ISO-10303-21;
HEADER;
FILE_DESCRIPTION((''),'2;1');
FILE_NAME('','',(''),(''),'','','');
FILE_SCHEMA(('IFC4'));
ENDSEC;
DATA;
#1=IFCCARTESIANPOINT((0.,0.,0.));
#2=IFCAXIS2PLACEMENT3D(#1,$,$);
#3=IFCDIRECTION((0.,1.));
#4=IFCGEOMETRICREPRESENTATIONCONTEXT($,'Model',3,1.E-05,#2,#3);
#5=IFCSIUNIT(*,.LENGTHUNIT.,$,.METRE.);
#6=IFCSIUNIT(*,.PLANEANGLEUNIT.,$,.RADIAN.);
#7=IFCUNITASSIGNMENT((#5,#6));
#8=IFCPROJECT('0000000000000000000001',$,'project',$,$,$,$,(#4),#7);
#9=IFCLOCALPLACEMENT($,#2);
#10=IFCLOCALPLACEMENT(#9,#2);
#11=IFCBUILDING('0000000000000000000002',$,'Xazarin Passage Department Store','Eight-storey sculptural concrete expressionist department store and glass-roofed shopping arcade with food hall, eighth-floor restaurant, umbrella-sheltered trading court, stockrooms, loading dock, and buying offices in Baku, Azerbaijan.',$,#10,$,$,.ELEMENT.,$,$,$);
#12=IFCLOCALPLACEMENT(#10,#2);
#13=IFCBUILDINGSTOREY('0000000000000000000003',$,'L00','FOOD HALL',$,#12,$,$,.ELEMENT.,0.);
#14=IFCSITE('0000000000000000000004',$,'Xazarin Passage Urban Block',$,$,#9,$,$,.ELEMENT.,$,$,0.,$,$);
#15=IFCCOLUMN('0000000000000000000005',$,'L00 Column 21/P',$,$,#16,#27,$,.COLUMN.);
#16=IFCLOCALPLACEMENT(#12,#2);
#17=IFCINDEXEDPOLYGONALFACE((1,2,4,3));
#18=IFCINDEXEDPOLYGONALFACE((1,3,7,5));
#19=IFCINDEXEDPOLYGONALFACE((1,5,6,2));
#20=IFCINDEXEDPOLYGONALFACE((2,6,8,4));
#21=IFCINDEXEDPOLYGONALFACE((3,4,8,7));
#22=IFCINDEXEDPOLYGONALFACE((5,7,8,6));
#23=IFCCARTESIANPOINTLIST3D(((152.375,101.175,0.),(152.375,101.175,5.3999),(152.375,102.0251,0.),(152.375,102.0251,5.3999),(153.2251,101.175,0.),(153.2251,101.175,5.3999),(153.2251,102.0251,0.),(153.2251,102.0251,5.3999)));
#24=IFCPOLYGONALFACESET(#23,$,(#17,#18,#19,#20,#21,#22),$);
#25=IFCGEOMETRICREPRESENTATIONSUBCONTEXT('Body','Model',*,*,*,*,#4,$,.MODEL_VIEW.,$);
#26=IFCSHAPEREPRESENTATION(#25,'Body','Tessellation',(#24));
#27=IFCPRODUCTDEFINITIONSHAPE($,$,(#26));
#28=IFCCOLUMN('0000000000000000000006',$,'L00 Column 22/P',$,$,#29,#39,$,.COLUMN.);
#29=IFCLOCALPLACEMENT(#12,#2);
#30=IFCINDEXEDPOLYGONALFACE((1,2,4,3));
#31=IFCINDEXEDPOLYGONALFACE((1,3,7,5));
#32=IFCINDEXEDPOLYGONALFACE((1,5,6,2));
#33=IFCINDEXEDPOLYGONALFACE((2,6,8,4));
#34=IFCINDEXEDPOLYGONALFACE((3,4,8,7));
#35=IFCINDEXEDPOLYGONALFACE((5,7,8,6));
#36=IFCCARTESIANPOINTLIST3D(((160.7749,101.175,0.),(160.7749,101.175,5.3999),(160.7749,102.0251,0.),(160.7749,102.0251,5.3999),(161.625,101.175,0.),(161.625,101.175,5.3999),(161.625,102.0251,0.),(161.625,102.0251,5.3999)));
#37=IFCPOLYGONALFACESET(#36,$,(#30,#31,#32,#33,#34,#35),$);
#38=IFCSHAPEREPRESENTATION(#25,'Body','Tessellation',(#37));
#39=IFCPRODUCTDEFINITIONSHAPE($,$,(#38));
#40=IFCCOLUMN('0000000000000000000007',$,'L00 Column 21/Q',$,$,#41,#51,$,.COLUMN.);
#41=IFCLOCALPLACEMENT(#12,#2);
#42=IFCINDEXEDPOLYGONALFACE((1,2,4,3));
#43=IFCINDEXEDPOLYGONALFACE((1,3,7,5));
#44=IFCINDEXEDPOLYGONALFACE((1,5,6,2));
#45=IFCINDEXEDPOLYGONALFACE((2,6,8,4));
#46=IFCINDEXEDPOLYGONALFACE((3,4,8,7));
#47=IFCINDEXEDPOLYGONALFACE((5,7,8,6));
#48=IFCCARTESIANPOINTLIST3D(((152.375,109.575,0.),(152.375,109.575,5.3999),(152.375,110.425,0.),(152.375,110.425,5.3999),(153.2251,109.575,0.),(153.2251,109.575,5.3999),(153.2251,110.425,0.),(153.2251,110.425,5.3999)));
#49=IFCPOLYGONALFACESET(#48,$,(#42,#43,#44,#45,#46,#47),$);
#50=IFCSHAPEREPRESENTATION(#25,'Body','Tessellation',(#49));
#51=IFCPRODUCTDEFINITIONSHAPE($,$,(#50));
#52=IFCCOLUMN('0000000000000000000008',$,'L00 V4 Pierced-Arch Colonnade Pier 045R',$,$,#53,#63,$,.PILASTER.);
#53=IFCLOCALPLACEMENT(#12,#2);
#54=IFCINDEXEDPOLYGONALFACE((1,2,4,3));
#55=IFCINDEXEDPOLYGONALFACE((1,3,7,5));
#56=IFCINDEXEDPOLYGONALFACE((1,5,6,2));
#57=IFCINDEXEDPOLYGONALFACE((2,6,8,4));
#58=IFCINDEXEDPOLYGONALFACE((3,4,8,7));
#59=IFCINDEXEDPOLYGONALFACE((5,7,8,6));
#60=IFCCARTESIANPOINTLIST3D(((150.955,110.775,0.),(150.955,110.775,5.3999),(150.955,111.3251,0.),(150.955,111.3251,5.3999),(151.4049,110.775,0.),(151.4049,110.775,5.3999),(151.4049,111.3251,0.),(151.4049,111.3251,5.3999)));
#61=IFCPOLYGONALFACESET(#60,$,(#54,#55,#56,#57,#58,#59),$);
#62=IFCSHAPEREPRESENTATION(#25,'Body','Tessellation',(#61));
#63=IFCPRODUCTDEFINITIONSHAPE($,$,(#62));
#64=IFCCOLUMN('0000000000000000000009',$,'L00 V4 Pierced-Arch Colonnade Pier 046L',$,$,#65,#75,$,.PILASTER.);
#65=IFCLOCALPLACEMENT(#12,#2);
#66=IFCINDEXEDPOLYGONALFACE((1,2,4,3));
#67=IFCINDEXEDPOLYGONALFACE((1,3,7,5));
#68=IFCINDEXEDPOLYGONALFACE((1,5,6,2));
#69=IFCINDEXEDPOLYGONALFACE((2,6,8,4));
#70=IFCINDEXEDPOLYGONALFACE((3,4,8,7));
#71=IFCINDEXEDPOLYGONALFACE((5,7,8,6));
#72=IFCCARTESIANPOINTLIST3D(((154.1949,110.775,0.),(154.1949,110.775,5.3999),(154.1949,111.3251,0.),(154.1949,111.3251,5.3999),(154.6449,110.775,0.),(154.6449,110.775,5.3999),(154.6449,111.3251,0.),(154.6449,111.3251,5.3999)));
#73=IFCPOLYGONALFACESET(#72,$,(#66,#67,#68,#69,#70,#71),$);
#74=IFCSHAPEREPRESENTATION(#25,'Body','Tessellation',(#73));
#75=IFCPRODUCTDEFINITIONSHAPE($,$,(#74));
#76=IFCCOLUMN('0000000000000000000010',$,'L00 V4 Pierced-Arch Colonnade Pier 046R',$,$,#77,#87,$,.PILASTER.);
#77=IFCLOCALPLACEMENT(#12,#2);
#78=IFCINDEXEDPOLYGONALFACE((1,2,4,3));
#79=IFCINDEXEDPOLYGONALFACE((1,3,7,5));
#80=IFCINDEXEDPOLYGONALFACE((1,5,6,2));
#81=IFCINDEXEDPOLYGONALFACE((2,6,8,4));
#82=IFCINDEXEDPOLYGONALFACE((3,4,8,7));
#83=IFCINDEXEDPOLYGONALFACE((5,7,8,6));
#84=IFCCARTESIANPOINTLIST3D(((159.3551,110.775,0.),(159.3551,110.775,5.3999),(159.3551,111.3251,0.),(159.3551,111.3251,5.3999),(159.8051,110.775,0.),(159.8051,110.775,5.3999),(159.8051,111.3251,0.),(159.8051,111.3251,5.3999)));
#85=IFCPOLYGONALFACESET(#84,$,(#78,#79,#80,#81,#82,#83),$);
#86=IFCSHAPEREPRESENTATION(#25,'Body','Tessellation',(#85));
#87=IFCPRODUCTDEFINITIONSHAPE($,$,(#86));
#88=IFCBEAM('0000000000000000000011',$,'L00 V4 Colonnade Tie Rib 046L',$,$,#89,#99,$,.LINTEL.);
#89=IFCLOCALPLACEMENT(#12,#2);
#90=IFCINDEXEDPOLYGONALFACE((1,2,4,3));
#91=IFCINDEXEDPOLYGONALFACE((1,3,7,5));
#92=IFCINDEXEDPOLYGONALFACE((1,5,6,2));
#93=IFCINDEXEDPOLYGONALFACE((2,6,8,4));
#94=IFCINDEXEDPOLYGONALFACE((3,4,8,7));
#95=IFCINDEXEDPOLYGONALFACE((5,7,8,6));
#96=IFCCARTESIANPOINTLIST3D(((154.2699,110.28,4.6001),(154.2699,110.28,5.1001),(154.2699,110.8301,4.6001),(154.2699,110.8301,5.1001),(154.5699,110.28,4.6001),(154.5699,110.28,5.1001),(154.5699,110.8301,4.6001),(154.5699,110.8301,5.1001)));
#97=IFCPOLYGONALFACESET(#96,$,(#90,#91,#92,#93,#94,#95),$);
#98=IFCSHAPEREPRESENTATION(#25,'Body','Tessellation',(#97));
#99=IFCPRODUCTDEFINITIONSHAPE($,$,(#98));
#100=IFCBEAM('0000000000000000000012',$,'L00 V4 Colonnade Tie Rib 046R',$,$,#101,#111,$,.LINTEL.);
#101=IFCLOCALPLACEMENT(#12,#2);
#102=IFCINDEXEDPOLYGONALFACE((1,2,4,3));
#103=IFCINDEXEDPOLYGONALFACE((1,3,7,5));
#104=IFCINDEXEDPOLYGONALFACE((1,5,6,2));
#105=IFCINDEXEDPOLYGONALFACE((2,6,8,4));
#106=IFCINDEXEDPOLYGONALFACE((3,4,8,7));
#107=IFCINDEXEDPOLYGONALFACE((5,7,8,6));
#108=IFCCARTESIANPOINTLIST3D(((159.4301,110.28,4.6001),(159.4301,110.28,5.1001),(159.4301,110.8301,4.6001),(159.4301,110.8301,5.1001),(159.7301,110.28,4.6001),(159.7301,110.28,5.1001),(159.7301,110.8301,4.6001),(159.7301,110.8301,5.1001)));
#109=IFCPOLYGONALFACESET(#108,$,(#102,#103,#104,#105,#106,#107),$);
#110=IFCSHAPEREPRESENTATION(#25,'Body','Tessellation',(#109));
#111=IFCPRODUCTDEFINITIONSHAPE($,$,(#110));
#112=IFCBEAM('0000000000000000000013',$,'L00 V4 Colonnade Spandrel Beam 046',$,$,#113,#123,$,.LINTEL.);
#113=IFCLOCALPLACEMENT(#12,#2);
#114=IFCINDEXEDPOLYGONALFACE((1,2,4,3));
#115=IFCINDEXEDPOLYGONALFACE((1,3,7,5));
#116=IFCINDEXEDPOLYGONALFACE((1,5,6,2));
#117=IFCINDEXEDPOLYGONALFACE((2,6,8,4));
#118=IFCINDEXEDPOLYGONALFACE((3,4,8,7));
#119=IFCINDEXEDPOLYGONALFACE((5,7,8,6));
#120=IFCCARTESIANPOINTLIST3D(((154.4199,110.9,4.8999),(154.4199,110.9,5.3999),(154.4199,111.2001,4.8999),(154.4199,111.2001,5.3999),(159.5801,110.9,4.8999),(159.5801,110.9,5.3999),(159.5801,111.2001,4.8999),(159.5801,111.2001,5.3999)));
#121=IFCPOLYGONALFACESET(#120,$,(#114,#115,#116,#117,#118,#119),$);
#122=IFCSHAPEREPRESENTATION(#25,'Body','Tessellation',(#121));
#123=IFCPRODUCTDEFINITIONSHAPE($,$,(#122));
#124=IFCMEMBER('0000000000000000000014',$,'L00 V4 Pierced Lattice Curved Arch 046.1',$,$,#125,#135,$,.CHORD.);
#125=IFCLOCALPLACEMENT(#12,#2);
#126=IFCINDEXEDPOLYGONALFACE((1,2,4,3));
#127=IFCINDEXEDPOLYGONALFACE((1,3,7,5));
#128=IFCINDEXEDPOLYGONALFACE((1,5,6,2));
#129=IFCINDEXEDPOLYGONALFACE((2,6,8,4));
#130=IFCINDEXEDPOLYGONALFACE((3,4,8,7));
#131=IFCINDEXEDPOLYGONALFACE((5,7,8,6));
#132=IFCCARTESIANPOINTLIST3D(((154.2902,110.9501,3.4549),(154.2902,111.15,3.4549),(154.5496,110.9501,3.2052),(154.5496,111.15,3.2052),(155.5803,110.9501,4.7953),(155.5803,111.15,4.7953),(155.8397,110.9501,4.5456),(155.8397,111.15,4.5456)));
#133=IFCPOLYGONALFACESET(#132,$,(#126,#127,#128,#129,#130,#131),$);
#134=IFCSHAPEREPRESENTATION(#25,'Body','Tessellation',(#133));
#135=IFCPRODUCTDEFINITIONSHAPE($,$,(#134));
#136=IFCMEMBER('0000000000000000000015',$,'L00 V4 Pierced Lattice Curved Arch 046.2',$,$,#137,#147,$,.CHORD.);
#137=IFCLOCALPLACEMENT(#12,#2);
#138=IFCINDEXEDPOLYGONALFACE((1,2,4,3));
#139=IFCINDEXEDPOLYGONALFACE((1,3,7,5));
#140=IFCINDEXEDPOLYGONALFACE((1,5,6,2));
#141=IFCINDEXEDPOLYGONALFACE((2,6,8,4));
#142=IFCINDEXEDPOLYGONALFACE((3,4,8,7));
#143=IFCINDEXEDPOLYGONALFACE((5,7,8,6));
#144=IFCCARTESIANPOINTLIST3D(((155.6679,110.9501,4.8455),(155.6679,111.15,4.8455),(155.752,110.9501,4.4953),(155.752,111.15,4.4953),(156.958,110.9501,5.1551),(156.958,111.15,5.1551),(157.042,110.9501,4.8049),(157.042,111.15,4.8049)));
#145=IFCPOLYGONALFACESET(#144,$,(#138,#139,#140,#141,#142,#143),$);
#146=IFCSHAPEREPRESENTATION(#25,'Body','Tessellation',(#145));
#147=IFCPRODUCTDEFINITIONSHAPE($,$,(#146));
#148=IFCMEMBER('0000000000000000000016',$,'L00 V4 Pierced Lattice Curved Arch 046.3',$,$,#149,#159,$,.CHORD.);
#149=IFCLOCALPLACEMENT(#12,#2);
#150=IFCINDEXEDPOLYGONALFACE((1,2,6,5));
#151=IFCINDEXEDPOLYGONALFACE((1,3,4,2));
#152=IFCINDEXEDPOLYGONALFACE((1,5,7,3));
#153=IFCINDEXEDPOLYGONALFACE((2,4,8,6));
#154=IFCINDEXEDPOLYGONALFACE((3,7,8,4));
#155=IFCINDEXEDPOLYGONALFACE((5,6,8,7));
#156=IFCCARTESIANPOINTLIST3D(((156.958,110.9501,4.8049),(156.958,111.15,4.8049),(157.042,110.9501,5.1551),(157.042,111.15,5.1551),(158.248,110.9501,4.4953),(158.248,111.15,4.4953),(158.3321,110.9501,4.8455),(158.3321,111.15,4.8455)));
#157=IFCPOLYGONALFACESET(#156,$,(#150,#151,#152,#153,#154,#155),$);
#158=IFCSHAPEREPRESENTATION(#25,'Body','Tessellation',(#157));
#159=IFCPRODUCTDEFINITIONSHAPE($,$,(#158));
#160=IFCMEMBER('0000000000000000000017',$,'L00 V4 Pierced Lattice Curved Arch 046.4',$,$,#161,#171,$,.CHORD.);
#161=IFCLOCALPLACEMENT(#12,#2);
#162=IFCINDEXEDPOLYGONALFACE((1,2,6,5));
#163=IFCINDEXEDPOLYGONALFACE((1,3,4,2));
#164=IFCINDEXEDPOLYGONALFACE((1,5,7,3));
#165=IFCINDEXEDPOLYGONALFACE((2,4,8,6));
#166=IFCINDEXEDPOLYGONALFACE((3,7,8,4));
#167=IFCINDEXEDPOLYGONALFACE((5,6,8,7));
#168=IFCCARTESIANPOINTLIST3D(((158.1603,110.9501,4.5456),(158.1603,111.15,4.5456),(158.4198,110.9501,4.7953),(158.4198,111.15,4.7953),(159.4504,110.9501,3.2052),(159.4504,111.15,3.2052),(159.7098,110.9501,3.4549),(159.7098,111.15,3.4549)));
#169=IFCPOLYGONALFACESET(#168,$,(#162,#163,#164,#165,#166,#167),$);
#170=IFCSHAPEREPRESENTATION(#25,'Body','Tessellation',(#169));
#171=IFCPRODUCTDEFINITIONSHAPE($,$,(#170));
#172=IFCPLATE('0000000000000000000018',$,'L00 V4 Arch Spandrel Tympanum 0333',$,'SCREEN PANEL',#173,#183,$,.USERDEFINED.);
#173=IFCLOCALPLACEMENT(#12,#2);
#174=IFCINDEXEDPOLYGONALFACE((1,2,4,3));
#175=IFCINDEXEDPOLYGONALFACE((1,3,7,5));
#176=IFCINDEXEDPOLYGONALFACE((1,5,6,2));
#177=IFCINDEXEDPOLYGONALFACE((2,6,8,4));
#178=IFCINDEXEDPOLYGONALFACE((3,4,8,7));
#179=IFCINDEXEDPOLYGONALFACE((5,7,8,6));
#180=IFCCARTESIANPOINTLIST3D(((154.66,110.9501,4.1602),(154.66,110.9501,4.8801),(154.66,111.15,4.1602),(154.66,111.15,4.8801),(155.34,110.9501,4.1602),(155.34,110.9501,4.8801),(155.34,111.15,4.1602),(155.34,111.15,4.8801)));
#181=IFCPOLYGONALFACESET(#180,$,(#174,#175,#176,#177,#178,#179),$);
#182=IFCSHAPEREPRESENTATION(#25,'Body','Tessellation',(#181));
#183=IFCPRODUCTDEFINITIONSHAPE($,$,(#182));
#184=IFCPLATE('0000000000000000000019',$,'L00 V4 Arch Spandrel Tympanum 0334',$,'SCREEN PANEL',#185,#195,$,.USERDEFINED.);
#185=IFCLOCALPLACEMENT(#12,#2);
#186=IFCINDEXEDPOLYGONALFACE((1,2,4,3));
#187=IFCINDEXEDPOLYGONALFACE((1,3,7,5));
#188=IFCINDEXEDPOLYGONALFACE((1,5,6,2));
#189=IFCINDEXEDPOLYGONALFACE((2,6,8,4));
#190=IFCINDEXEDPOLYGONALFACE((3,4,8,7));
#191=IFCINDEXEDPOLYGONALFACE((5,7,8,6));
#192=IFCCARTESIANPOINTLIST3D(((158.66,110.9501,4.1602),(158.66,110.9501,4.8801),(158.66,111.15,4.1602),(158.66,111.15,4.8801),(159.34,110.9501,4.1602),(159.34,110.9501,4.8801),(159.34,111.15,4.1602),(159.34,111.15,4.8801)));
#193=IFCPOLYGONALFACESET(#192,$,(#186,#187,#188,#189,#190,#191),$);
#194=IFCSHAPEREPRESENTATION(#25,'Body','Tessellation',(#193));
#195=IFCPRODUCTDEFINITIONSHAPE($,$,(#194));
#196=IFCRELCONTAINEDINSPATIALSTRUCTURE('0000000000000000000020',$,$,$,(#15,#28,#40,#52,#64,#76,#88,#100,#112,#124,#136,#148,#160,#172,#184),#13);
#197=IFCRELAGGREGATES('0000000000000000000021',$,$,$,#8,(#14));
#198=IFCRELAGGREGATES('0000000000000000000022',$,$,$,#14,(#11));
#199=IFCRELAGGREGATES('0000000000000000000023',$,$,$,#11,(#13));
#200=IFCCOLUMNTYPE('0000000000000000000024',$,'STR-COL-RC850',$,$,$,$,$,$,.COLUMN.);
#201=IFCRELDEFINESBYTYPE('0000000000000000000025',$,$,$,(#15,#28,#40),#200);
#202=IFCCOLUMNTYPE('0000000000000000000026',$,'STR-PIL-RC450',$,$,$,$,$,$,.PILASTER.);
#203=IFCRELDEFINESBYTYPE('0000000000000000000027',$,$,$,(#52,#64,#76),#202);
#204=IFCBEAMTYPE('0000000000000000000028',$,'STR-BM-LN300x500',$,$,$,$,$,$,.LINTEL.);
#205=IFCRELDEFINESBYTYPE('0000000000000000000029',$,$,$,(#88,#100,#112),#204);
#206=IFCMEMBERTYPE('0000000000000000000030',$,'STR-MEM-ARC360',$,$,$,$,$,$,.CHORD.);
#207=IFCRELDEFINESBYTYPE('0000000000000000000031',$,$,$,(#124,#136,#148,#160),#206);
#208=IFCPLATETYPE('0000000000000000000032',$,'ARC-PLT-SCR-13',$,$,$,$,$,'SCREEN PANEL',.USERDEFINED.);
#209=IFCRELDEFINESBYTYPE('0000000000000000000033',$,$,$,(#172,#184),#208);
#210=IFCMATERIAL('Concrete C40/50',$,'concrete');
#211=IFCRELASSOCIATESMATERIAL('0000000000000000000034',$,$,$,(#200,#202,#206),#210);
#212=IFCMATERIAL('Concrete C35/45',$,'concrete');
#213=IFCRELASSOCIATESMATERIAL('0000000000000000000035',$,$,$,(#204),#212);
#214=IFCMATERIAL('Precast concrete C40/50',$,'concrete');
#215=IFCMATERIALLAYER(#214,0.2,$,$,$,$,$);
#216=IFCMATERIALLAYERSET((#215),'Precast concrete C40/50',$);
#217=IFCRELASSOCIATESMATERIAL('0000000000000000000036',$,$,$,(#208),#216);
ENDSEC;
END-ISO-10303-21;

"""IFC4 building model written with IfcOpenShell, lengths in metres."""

from ifc_helpers import new_model, si_unit, direction, frame, origin, origin_2d, place, context, subcontext, project, spatial, rectangle, extrude, material, layer, layer_set, material_profile, profile_set, type_object, element, save


model = new_model("IFC4")

# Units and contexts
model_context = context("Model", 3, precision=1e-05, world=origin(), true_north=direction((0.0, 1.0)))
body_context = subcontext(model_context, "Body", "Model", "MODEL_VIEW")
ifc_project = project(units=[si_unit("LENGTHUNIT", "METRE"), si_unit("PLANEANGLEUNIT", "RADIAN")], contexts=[model_context])

# Site, building, storey
site_placement = place(None, origin())
site = spatial("IfcSite", under=ifc_project, at=site_placement, Name="Xazarin Passage Urban Block", CompositionType="ELEMENT", RefElevation=0.0)
building_placement = place(site_placement, origin())
building = spatial("IfcBuilding", under=site, at=building_placement, Name="Xazarin Passage Department Store", Description="Eight-storey sculptural concrete expressionist department store and glass-roofed shopping arcade with food hall, eighth-floor restaurant, umbrella-sheltered trading court, stockrooms, loading dock, and buying offices in Baku, Azerbaijan.", CompositionType="ELEMENT")
storey_placement = place(building_placement, origin())
storey = spatial("IfcBuildingStorey", under=building, at=storey_placement, Name="L00", Description="FOOD HALL", CompositionType="ELEMENT", Elevation=0.0)

# Shared definitions
ifc_material_1 = material(Name="Concrete C35/45", Category="concrete")

# Columns
ifc_material_2 = material(Name="Concrete C40/50", Category="concrete")
ifc_material_profile_1 = material_profile(ifc_material_2, rectangle(XDim=0.8501, YDim=0.8501, at=origin_2d()), Name="RC 850x850")
ifc_profile_set_1 = profile_set([ifc_material_profile_1], Name="Concrete C40/50")
column_type_1 = type_object("IfcColumnType", Name="STR-COL-RC850", PredefinedType="COLUMN", material=ifc_profile_set_1)
for number, where, z_axis, x_axis, name in (
    (1, (152.8, 101.6001, 0.0), (0.0, 0.0, 1.0), (1.0, 0.0, 0.0), "L00 Column 21/P"),
    (2, (161.2, 101.6001, 0.0), (0.0, 0.0, 1.0), (1.0, 0.0, 0.0), "L00 Column 22/P"),
    (3, (152.8, 110.0, 0.0), (0.0, 0.0, 1.0), (1.0, 0.0, 0.0), "L00 Column 21/Q"),
):
    element("IfcColumn", number, at=place(storey_placement, frame(where, z_axis=z_axis, x_axis=x_axis)), inside=storey, type_object=column_type_1, Name=name, PredefinedType="COLUMN", context=body_context, shape_type="SweptSolid", body=[
        extrude(rectangle(XDim=0.8501, YDim=0.8501, at=origin_2d()), origin(), (0.0, 0.0, 1.0), 5.3999),
    ])
ifc_material_profile_2 = material_profile(ifc_material_2, rectangle(XDim=0.45, YDim=0.55, at=origin_2d()), Name="RC 450x550")
ifc_profile_set_2 = profile_set([ifc_material_profile_2], Name="Concrete C40/50")
column_type_2 = type_object("IfcColumnType", Name="STR-PIL-RC450", PredefinedType="PILASTER", material=ifc_profile_set_2)
for number, where, z_axis, x_axis, name in (
    (4, (151.1799, 111.05, 0.0), (0.0, 0.0, 1.0), (1.0, 0.0, 0.0), "L00 V4 Pierced-Arch Colonnade Pier 045R"),
    (5, (154.4199, 111.05, 0.0), (0.0, 0.0, 1.0), (1.0, 0.0, 0.0), "L00 V4 Pierced-Arch Colonnade Pier 046L"),
    (6, (159.5801, 111.05, 0.0), (0.0, 0.0, 1.0), (1.0, 0.0, 0.0), "L00 V4 Pierced-Arch Colonnade Pier 046R"),
):
    element("IfcColumn", number, at=place(storey_placement, frame(where, z_axis=z_axis, x_axis=x_axis)), inside=storey, type_object=column_type_2, Name=name, PredefinedType="PILASTER", context=body_context, shape_type="SweptSolid", body=[
        extrude(rectangle(XDim=0.45, YDim=0.55, at=origin_2d()), origin(), (0.0, 0.0, 1.0), 5.3999),
    ])

# Beams
ifc_material_profile_3 = material_profile(ifc_material_1, rectangle(XDim=0.3, YDim=0.5, at=origin_2d()), Name="RC 300x500")
ifc_profile_set_3 = profile_set([ifc_material_profile_3], Name="Concrete C35/45")
beam_type = type_object("IfcBeamType", Name="STR-BM-LN300x500", PredefinedType="LINTEL", material=ifc_profile_set_3)
for number, where, z_axis, x_axis, name in (
    (7, (154.4199, 110.28, 4.8501), (0.0, 1.0, 0.0), (-1.0, 0.0, 0.0), "L00 V4 Colonnade Tie Rib 046L"),
    (8, (159.5801, 110.28, 4.8501), (0.0, 1.0, 0.0), (-1.0, 0.0, 0.0), "L00 V4 Colonnade Tie Rib 046R"),
):
    element("IfcBeam", number, at=place(storey_placement, frame(where, z_axis=z_axis, x_axis=x_axis)), inside=storey, type_object=beam_type, Name=name, PredefinedType="LINTEL", context=body_context, shape_type="SweptSolid", body=[
        extrude(rectangle(XDim=0.3, YDim=0.5, at=origin_2d()), origin(), (0.0, 0.0, 1.0), 0.55),
    ])
beam_placement = place(storey_placement, frame((154.4199, 111.05, 5.1499), z_axis=(1.0, 0.0, 0.0), x_axis=(0.0, 1.0, 0.0)))
element("IfcBeam", 9, at=beam_placement, inside=storey, type_object=beam_type, Name="L00 V4 Colonnade Spandrel Beam 046", PredefinedType="LINTEL", context=body_context, shape_type="SweptSolid", body=[
    extrude(rectangle(XDim=0.3, YDim=0.5, at=origin_2d()), origin(), (0.0, 0.0, 1.0), 5.1602),
])

# Members
ifc_material_profile_4 = material_profile(ifc_material_2, rectangle(XDim=0.2, YDim=0.3601, at=origin_2d()), Name="RC 200x360")
ifc_profile_set_4 = profile_set([ifc_material_profile_4], Name="Concrete C40/50")
member_type = type_object("IfcMemberType", Name="STR-MEM-ARC360", PredefinedType="CHORD", material=ifc_profile_set_4)
member_1_placement = place(storey_placement, frame((154.4199, 111.05, 3.3301), z_axis=(0.69346, 0.0, 0.720495), x_axis=(0.0, 1.0, 0.0)))
element("IfcMember", 10, at=member_1_placement, inside=storey, type_object=member_type, Name="L00 V4 Pierced Lattice Curved Arch 046.1", PredefinedType="CHORD", context=body_context, shape_type="SweptSolid", body=[
    extrude(rectangle(XDim=0.2, YDim=0.3601, at=origin_2d()), origin(), (0.0, 0.0, 1.0), 1.8604),
])
for number, where, z_axis, x_axis, name in (
    (11, (155.71, 111.05, 4.6704), (0.972394, 0.0, 0.233345), (0.0, 1.0, 0.0), "L00 V4 Pierced Lattice Curved Arch 046.2"),
    (12, (157.0, 111.05, 4.98), (0.972394, 0.0, -0.233345), (0.0, 1.0, 0.0), "L00 V4 Pierced Lattice Curved Arch 046.3"),
):
    element("IfcMember", number, at=place(storey_placement, frame(where, z_axis=z_axis, x_axis=x_axis)), inside=storey, type_object=member_type, Name=name, PredefinedType="CHORD", context=body_context, shape_type="SweptSolid", body=[
        extrude(rectangle(XDim=0.2, YDim=0.3601, at=origin_2d()), origin(), (0.0, 0.0, 1.0), 1.3267),
    ])
member_2_placement = place(storey_placement, frame((158.29, 111.05, 4.6704), z_axis=(0.69346, 0.0, -0.720495), x_axis=(0.0, 1.0, 0.0)))
element("IfcMember", 13, at=member_2_placement, inside=storey, type_object=member_type, Name="L00 V4 Pierced Lattice Curved Arch 046.4", PredefinedType="CHORD", context=body_context, shape_type="SweptSolid", body=[
    extrude(rectangle(XDim=0.2, YDim=0.3601, at=origin_2d()), origin(), (0.0, 0.0, 1.0), 1.8604),
])

# Plates
ifc_material_3 = material(Name="Precast concrete C40/50", Category="concrete")
ifc_layer_1 = layer(ifc_material_3, 0.2)
ifc_layer_set_1 = layer_set([ifc_layer_1], Name="Precast concrete C40/50")
plate_type = type_object("IfcPlateType", Name="ARC-PLT-SCR-13", ElementType="SCREEN PANEL", PredefinedType="USERDEFINED", material=ifc_layer_set_1)
for number, where, z_axis, x_axis, name in (
    (14, (155.0, 111.05, 4.1602), (0.0, 0.0, 1.0), (1.0, 0.0, 0.0), "L00 V4 Arch Spandrel Tympanum 0333"),
    (15, (159.0, 111.05, 4.1602), (0.0, 0.0, 1.0), (1.0, 0.0, 0.0), "L00 V4 Arch Spandrel Tympanum 0334"),
):
    element("IfcPlate", number, at=place(storey_placement, frame(where, z_axis=z_axis, x_axis=x_axis)), inside=storey, type_object=plate_type, Name=name, ObjectType="SCREEN PANEL", PredefinedType="USERDEFINED", context=body_context, shape_type="SweptSolid", body=[
        extrude(rectangle(XDim=0.6799, YDim=0.2, at=origin_2d()), origin(), (0.0, 0.0, 1.0), 0.72),
    ])

save(model, "model.ifc")
